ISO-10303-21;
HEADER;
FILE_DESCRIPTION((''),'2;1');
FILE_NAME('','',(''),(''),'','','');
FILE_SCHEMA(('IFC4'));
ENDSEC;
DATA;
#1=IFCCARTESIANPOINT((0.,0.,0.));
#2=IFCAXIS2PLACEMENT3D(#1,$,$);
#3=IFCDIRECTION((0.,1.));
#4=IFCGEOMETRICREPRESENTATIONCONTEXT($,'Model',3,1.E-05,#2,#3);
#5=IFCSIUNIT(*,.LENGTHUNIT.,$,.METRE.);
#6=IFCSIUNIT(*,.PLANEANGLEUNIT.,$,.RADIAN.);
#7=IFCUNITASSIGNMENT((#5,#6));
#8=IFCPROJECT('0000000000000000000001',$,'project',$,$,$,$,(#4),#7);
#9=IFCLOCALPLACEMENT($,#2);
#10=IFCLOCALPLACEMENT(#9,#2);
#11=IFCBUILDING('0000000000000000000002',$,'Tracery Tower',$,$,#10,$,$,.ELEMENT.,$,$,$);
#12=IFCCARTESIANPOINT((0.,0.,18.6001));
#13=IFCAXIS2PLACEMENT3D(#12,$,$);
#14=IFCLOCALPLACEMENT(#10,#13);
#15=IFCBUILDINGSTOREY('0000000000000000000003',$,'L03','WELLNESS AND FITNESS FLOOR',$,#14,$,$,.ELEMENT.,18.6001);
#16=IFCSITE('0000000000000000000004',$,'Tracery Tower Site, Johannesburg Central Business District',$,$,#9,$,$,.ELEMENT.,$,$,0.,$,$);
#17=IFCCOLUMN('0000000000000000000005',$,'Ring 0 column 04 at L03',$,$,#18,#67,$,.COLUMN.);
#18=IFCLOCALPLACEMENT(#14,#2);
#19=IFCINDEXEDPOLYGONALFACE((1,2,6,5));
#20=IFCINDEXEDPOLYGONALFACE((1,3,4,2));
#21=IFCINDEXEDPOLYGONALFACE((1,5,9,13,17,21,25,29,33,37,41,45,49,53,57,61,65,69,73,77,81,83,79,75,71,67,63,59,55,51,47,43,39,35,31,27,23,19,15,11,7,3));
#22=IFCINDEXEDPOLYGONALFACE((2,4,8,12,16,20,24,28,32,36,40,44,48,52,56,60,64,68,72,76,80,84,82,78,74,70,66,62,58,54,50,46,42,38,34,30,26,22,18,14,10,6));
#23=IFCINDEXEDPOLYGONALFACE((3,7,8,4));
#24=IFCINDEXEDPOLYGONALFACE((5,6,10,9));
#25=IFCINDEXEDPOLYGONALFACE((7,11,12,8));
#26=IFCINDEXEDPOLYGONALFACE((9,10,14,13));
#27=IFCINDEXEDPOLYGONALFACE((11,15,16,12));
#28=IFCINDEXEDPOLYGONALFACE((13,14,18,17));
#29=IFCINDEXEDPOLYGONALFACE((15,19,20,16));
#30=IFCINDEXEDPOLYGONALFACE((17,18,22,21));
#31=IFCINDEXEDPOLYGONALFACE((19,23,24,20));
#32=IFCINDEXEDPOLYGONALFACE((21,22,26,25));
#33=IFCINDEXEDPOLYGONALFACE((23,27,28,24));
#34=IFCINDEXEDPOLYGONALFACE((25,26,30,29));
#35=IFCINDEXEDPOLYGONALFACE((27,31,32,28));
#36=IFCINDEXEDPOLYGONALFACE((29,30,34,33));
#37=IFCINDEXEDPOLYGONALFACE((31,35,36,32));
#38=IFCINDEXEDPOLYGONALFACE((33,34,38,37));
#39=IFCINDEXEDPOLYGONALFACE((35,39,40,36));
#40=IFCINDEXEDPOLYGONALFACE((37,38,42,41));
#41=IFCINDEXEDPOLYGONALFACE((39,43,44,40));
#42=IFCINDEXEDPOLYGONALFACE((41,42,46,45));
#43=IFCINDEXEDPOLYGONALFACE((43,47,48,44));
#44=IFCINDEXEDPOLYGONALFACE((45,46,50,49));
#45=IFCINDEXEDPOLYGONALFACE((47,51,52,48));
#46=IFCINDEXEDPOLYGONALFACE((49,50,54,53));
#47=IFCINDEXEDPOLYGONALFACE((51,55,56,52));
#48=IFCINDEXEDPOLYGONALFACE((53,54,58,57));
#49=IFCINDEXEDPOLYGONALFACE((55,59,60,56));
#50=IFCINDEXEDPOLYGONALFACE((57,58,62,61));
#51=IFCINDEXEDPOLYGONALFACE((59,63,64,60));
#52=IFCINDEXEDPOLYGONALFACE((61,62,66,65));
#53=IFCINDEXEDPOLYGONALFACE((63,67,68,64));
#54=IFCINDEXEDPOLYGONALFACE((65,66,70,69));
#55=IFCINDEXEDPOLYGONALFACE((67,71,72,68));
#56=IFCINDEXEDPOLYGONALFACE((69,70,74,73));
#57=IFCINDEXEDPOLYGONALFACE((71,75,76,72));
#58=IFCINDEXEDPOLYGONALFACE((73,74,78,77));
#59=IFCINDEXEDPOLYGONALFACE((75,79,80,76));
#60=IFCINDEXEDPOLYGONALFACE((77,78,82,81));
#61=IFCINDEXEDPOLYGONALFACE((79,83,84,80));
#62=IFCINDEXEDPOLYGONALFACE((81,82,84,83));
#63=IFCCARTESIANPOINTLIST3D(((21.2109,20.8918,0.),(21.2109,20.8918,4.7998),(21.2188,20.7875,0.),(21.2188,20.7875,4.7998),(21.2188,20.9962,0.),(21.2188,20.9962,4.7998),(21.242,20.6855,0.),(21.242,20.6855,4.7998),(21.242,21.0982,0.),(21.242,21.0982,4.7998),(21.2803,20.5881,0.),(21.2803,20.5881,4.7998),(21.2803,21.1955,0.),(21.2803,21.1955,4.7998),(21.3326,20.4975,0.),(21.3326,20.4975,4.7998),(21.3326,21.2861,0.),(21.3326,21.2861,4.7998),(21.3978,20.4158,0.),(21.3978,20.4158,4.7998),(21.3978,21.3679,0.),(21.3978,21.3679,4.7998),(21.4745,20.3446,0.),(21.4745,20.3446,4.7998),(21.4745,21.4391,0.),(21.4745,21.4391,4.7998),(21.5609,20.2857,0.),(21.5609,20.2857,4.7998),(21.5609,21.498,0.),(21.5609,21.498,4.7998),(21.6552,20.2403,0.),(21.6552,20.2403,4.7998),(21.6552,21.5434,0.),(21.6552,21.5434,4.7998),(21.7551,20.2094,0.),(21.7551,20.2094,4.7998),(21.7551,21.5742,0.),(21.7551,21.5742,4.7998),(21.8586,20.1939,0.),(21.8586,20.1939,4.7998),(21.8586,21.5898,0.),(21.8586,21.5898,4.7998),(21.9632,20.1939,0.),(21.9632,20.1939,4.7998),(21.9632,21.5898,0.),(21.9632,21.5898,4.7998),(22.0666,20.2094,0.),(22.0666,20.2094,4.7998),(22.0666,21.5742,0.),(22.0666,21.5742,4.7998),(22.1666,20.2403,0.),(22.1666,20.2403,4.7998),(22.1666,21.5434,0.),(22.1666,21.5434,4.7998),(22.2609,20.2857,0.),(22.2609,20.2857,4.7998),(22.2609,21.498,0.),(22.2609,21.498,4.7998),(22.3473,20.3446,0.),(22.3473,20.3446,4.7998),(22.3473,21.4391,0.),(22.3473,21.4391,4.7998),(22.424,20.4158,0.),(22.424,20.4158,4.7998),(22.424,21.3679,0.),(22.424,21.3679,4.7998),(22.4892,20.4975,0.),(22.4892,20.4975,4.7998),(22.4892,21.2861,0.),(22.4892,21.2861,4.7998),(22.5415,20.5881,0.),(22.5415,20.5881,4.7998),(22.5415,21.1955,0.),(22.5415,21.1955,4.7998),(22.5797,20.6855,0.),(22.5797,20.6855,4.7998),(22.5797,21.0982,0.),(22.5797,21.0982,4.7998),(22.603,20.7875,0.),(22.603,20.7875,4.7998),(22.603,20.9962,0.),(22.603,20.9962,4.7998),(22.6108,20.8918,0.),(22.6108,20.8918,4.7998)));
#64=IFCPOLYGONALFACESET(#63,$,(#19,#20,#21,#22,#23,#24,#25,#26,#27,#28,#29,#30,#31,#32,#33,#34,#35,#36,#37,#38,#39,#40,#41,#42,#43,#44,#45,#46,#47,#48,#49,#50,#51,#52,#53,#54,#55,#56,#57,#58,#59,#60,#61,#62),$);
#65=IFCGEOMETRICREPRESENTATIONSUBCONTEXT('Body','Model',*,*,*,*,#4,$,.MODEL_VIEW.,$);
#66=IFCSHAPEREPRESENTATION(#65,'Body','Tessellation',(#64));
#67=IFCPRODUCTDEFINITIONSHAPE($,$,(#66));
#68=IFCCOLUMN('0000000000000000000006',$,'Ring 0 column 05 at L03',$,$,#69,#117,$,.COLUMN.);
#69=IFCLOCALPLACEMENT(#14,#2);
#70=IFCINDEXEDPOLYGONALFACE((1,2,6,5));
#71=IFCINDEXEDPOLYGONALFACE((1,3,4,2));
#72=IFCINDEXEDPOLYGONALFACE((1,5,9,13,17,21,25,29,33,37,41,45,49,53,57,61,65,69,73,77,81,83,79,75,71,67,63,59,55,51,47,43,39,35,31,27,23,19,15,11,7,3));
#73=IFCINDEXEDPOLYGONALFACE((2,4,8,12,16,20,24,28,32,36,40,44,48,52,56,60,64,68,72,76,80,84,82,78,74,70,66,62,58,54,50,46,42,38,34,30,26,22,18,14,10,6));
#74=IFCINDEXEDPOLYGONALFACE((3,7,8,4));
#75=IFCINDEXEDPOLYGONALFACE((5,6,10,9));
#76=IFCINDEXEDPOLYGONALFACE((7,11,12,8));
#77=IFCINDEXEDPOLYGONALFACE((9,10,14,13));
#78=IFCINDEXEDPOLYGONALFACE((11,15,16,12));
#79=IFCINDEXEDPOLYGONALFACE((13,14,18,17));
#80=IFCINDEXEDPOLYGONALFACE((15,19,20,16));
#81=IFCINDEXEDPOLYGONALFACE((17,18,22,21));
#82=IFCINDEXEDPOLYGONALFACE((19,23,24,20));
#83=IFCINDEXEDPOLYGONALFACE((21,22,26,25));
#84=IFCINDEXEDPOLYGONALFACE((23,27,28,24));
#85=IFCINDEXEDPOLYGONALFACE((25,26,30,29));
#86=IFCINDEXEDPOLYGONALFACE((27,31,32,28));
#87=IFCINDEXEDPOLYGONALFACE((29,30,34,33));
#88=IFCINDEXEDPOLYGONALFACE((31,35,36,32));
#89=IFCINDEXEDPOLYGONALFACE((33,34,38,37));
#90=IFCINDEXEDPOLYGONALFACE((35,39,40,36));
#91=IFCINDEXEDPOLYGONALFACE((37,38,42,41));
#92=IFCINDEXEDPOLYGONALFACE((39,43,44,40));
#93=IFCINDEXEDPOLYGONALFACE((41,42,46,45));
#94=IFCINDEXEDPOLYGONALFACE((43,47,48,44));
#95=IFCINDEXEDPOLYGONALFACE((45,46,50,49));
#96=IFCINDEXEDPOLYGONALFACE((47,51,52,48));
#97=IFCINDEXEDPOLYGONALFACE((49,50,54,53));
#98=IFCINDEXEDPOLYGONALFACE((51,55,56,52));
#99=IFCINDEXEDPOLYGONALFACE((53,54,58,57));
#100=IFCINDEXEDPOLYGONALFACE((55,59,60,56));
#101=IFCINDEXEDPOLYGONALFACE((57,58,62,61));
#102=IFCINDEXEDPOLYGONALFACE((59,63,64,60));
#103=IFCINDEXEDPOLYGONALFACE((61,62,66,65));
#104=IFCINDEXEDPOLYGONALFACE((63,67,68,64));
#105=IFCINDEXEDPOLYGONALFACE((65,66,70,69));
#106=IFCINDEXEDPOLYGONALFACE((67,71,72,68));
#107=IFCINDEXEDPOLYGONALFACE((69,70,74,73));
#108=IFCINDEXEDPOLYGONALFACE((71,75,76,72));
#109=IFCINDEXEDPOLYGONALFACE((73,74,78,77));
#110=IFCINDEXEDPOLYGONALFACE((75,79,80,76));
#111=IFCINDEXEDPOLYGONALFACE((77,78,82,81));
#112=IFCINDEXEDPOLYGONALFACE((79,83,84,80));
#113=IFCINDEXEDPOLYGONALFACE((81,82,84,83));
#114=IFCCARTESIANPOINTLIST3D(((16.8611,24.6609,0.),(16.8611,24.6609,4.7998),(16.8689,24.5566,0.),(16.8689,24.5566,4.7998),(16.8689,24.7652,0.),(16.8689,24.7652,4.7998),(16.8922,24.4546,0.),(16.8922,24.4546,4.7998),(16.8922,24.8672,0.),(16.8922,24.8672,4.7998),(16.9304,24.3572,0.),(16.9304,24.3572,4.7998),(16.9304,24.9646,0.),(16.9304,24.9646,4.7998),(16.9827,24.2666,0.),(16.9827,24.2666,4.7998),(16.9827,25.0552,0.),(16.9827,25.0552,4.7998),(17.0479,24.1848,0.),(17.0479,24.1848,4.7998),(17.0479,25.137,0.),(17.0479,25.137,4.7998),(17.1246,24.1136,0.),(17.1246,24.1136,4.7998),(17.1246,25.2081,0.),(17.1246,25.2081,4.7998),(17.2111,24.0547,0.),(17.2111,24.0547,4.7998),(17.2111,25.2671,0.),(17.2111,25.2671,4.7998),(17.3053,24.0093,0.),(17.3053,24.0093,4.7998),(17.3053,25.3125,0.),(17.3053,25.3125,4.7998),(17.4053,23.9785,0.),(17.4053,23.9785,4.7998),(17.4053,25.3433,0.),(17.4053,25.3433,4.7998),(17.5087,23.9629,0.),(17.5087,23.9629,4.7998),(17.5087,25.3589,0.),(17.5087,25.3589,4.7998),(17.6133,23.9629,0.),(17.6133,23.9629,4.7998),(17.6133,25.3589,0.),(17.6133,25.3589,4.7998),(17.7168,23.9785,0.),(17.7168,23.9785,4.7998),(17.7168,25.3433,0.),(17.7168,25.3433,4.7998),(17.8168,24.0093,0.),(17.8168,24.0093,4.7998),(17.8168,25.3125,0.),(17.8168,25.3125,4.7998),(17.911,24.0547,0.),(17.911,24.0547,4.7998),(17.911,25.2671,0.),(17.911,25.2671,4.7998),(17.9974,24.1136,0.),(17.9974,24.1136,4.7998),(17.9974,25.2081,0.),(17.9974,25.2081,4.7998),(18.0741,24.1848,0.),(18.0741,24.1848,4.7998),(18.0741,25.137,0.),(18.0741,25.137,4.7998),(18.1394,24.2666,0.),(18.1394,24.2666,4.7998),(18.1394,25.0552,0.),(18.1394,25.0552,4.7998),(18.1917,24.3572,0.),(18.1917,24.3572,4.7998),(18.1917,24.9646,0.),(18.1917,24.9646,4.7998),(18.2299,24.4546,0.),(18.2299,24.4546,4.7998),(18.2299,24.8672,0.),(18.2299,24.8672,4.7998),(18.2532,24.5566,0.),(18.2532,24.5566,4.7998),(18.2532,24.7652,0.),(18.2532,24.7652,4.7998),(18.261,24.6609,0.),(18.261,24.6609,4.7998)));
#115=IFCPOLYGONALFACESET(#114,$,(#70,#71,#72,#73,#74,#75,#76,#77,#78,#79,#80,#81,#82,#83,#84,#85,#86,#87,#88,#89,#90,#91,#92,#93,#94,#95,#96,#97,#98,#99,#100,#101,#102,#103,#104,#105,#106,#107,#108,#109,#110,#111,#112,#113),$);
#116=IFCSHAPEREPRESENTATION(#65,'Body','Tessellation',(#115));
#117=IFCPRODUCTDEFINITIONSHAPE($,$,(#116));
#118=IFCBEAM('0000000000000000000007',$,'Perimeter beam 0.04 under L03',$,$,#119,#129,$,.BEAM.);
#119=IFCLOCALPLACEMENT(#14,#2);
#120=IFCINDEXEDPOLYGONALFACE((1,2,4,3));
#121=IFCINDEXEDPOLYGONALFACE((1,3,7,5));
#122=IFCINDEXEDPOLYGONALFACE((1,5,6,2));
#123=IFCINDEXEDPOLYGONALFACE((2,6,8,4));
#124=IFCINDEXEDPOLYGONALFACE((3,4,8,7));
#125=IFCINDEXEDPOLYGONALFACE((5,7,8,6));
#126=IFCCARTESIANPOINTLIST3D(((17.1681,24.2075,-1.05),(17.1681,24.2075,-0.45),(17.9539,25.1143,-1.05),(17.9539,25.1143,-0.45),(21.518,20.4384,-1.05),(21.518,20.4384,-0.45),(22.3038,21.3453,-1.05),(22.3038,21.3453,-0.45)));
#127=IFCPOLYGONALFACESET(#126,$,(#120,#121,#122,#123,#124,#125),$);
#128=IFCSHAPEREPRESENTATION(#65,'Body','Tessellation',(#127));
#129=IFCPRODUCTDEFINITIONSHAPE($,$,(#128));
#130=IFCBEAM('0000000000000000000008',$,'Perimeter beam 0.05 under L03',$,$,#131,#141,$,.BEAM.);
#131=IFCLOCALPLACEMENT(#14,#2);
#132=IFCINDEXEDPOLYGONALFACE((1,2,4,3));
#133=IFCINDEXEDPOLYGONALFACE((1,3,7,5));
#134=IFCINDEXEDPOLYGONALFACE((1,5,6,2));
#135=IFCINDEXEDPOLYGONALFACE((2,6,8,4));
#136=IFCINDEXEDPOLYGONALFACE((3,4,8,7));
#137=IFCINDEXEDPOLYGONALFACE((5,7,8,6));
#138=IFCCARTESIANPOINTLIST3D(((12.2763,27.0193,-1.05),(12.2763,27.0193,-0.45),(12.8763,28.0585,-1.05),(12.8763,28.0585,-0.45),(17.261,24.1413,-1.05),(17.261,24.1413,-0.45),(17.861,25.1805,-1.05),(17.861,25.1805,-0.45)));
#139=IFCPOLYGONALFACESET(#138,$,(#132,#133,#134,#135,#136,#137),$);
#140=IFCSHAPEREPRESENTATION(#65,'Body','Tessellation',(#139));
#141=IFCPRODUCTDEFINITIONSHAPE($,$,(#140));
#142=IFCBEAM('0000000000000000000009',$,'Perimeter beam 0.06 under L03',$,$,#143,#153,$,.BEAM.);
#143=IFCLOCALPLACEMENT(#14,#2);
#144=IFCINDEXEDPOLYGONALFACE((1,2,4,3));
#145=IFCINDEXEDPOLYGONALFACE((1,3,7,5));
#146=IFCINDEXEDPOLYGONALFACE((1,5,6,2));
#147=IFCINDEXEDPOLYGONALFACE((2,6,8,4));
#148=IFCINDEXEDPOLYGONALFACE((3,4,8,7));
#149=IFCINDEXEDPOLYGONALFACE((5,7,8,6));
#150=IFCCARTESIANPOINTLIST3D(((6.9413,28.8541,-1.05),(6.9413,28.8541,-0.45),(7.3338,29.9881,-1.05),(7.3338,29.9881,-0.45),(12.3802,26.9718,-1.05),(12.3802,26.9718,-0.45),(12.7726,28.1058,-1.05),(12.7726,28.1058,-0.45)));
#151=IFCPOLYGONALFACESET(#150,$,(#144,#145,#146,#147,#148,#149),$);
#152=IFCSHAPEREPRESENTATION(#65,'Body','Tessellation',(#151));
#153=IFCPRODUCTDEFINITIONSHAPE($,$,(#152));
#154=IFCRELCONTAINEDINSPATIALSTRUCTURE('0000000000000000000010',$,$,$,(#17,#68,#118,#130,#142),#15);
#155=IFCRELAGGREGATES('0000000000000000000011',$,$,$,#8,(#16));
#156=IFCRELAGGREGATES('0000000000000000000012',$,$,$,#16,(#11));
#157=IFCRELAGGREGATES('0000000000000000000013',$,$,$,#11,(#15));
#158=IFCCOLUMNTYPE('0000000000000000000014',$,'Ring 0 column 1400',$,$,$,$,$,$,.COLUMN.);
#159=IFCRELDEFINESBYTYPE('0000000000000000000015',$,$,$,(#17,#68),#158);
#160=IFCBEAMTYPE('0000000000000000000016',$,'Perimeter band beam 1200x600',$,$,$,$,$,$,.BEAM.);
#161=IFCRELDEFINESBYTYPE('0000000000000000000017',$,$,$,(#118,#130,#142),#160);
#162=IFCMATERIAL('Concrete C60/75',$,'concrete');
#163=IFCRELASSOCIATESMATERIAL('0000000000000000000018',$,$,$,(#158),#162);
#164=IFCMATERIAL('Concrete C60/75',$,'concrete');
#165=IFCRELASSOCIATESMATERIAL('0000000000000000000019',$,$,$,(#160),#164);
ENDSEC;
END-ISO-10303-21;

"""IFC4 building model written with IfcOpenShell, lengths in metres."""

from ifc_helpers import new_model, si_unit, direction, frame, origin, origin_2d, place, context, subcontext, project, spatial, rectangle, circle, extrude, material, material_profile, profile_set, type_object, element, save


model = new_model("IFC4")

# Units and contexts
model_context = context("Model", 3, precision=1e-05, world=origin(), true_north=direction((0.0, 1.0)))
body_context = subcontext(model_context, "Body", "Model", "MODEL_VIEW")
ifc_project = project(units=[si_unit("LENGTHUNIT", "METRE"), si_unit("PLANEANGLEUNIT", "RADIAN")], contexts=[model_context])

# Site, building, storey
site_placement = place(None, origin())
site = spatial("IfcSite", under=ifc_project, at=site_placement, Name="Tracery Tower Site, Johannesburg Central Business District", CompositionType="ELEMENT", RefElevation=0.0)
building_placement = place(site_placement, origin())
building = spatial("IfcBuilding", under=site, at=building_placement, Name="Tracery Tower", CompositionType="ELEMENT")
storey_placement = place(building_placement, frame((0.0, 0.0, 18.6001)))
storey = spatial("IfcBuildingStorey", under=building, at=storey_placement, Name="L03", Description="WELLNESS AND FITNESS FLOOR", CompositionType="ELEMENT", Elevation=18.6001)

# Columns
ifc_material_1 = material(Name="Concrete C60/75", Category="concrete")
ifc_material_profile_1 = material_profile(ifc_material_1, circle(Radius=0.7, at=origin_2d()), Name="RC D1400")
ifc_profile_set_1 = profile_set([ifc_material_profile_1], Name="Concrete C60/75")
column_type = type_object("IfcColumnType", Name="Ring 0 column 1400", PredefinedType="COLUMN", material=ifc_profile_set_1)
for number, where, z_axis, x_axis, name in (
    (1, (21.9109, 20.8918, 0.0), (0.0, 0.0, 1.0), (1.0, 0.0, 0.0), "Ring 0 column 04 at L03"),
    (2, (17.561, 24.6609, 0.0), (0.0, 0.0, 1.0), (1.0, 0.0, 0.0), "Ring 0 column 05 at L03"),
):
    element("IfcColumn", number, at=place(storey_placement, frame(where, z_axis=z_axis, x_axis=x_axis)), inside=storey, type_object=column_type, Name=name, PredefinedType="COLUMN", context=body_context, shape_type="SweptSolid", body=[
        extrude(circle(Radius=0.7, at=origin_2d()), origin(), (0.0, 0.0, 1.0), 4.7998),
    ])

# Beams
ifc_material_2 = material(Name="Concrete C60/75", Category="concrete")
ifc_material_profile_2 = material_profile(ifc_material_2, rectangle(XDim=1.2, YDim=0.6001, at=origin_2d()), Name="RC 1200x600")
ifc_profile_set_2 = profile_set([ifc_material_profile_2], Name="Concrete C60/75")
beam_type = type_object("IfcBeamType", Name="Perimeter band beam 1200x600", PredefinedType="BEAM", material=ifc_profile_set_2)
beam_1_placement = place(storey_placement, frame((21.9109, 20.8918, -0.75), z_axis=(-0.75576, 0.654848, 0.0), x_axis=(-0.654848, -0.75576, 0.0)))
element("IfcBeam", 3, at=beam_1_placement, inside=storey, type_object=beam_type, Name="Perimeter beam 0.04 under L03", PredefinedType="BEAM", context=body_context, shape_type="SweptSolid", body=[
    extrude(rectangle(XDim=1.2, YDim=0.6001, at=origin_2d()), origin(), (0.0, 0.0, 1.0), 5.7556),
])
beam_2_placement = place(storey_placement, frame((17.561, 24.6609, -0.75), z_axis=(-0.866021, 0.500008, 0.0), x_axis=(-0.500008, -0.866021, 0.0)))
element("IfcBeam", 4, at=beam_2_placement, inside=storey, type_object=beam_type, Name="Perimeter beam 0.05 under L03", PredefinedType="BEAM", context=body_context, shape_type="SweptSolid", body=[
    extrude(rectangle(XDim=1.2, YDim=0.6001, at=origin_2d()), origin(), (0.0, 0.0, 1.0), 5.7559),
])
beam_3_placement = place(storey_placement, frame((12.5764, 27.5388, -0.75), z_axis=(-0.945007, 0.327049, 0.0), x_axis=(-0.327049, -0.945007, 0.0)))
element("IfcBeam", 5, at=beam_3_placement, inside=storey, type_object=beam_type, Name="Perimeter beam 0.06 under L03", PredefinedType="BEAM", context=body_context, shape_type="SweptSolid", body=[
    extrude(rectangle(XDim=1.2, YDim=0.6001, at=origin_2d()), origin(), (0.0, 0.0, 1.0), 5.7554),
])

save(model, "model.ifc")
